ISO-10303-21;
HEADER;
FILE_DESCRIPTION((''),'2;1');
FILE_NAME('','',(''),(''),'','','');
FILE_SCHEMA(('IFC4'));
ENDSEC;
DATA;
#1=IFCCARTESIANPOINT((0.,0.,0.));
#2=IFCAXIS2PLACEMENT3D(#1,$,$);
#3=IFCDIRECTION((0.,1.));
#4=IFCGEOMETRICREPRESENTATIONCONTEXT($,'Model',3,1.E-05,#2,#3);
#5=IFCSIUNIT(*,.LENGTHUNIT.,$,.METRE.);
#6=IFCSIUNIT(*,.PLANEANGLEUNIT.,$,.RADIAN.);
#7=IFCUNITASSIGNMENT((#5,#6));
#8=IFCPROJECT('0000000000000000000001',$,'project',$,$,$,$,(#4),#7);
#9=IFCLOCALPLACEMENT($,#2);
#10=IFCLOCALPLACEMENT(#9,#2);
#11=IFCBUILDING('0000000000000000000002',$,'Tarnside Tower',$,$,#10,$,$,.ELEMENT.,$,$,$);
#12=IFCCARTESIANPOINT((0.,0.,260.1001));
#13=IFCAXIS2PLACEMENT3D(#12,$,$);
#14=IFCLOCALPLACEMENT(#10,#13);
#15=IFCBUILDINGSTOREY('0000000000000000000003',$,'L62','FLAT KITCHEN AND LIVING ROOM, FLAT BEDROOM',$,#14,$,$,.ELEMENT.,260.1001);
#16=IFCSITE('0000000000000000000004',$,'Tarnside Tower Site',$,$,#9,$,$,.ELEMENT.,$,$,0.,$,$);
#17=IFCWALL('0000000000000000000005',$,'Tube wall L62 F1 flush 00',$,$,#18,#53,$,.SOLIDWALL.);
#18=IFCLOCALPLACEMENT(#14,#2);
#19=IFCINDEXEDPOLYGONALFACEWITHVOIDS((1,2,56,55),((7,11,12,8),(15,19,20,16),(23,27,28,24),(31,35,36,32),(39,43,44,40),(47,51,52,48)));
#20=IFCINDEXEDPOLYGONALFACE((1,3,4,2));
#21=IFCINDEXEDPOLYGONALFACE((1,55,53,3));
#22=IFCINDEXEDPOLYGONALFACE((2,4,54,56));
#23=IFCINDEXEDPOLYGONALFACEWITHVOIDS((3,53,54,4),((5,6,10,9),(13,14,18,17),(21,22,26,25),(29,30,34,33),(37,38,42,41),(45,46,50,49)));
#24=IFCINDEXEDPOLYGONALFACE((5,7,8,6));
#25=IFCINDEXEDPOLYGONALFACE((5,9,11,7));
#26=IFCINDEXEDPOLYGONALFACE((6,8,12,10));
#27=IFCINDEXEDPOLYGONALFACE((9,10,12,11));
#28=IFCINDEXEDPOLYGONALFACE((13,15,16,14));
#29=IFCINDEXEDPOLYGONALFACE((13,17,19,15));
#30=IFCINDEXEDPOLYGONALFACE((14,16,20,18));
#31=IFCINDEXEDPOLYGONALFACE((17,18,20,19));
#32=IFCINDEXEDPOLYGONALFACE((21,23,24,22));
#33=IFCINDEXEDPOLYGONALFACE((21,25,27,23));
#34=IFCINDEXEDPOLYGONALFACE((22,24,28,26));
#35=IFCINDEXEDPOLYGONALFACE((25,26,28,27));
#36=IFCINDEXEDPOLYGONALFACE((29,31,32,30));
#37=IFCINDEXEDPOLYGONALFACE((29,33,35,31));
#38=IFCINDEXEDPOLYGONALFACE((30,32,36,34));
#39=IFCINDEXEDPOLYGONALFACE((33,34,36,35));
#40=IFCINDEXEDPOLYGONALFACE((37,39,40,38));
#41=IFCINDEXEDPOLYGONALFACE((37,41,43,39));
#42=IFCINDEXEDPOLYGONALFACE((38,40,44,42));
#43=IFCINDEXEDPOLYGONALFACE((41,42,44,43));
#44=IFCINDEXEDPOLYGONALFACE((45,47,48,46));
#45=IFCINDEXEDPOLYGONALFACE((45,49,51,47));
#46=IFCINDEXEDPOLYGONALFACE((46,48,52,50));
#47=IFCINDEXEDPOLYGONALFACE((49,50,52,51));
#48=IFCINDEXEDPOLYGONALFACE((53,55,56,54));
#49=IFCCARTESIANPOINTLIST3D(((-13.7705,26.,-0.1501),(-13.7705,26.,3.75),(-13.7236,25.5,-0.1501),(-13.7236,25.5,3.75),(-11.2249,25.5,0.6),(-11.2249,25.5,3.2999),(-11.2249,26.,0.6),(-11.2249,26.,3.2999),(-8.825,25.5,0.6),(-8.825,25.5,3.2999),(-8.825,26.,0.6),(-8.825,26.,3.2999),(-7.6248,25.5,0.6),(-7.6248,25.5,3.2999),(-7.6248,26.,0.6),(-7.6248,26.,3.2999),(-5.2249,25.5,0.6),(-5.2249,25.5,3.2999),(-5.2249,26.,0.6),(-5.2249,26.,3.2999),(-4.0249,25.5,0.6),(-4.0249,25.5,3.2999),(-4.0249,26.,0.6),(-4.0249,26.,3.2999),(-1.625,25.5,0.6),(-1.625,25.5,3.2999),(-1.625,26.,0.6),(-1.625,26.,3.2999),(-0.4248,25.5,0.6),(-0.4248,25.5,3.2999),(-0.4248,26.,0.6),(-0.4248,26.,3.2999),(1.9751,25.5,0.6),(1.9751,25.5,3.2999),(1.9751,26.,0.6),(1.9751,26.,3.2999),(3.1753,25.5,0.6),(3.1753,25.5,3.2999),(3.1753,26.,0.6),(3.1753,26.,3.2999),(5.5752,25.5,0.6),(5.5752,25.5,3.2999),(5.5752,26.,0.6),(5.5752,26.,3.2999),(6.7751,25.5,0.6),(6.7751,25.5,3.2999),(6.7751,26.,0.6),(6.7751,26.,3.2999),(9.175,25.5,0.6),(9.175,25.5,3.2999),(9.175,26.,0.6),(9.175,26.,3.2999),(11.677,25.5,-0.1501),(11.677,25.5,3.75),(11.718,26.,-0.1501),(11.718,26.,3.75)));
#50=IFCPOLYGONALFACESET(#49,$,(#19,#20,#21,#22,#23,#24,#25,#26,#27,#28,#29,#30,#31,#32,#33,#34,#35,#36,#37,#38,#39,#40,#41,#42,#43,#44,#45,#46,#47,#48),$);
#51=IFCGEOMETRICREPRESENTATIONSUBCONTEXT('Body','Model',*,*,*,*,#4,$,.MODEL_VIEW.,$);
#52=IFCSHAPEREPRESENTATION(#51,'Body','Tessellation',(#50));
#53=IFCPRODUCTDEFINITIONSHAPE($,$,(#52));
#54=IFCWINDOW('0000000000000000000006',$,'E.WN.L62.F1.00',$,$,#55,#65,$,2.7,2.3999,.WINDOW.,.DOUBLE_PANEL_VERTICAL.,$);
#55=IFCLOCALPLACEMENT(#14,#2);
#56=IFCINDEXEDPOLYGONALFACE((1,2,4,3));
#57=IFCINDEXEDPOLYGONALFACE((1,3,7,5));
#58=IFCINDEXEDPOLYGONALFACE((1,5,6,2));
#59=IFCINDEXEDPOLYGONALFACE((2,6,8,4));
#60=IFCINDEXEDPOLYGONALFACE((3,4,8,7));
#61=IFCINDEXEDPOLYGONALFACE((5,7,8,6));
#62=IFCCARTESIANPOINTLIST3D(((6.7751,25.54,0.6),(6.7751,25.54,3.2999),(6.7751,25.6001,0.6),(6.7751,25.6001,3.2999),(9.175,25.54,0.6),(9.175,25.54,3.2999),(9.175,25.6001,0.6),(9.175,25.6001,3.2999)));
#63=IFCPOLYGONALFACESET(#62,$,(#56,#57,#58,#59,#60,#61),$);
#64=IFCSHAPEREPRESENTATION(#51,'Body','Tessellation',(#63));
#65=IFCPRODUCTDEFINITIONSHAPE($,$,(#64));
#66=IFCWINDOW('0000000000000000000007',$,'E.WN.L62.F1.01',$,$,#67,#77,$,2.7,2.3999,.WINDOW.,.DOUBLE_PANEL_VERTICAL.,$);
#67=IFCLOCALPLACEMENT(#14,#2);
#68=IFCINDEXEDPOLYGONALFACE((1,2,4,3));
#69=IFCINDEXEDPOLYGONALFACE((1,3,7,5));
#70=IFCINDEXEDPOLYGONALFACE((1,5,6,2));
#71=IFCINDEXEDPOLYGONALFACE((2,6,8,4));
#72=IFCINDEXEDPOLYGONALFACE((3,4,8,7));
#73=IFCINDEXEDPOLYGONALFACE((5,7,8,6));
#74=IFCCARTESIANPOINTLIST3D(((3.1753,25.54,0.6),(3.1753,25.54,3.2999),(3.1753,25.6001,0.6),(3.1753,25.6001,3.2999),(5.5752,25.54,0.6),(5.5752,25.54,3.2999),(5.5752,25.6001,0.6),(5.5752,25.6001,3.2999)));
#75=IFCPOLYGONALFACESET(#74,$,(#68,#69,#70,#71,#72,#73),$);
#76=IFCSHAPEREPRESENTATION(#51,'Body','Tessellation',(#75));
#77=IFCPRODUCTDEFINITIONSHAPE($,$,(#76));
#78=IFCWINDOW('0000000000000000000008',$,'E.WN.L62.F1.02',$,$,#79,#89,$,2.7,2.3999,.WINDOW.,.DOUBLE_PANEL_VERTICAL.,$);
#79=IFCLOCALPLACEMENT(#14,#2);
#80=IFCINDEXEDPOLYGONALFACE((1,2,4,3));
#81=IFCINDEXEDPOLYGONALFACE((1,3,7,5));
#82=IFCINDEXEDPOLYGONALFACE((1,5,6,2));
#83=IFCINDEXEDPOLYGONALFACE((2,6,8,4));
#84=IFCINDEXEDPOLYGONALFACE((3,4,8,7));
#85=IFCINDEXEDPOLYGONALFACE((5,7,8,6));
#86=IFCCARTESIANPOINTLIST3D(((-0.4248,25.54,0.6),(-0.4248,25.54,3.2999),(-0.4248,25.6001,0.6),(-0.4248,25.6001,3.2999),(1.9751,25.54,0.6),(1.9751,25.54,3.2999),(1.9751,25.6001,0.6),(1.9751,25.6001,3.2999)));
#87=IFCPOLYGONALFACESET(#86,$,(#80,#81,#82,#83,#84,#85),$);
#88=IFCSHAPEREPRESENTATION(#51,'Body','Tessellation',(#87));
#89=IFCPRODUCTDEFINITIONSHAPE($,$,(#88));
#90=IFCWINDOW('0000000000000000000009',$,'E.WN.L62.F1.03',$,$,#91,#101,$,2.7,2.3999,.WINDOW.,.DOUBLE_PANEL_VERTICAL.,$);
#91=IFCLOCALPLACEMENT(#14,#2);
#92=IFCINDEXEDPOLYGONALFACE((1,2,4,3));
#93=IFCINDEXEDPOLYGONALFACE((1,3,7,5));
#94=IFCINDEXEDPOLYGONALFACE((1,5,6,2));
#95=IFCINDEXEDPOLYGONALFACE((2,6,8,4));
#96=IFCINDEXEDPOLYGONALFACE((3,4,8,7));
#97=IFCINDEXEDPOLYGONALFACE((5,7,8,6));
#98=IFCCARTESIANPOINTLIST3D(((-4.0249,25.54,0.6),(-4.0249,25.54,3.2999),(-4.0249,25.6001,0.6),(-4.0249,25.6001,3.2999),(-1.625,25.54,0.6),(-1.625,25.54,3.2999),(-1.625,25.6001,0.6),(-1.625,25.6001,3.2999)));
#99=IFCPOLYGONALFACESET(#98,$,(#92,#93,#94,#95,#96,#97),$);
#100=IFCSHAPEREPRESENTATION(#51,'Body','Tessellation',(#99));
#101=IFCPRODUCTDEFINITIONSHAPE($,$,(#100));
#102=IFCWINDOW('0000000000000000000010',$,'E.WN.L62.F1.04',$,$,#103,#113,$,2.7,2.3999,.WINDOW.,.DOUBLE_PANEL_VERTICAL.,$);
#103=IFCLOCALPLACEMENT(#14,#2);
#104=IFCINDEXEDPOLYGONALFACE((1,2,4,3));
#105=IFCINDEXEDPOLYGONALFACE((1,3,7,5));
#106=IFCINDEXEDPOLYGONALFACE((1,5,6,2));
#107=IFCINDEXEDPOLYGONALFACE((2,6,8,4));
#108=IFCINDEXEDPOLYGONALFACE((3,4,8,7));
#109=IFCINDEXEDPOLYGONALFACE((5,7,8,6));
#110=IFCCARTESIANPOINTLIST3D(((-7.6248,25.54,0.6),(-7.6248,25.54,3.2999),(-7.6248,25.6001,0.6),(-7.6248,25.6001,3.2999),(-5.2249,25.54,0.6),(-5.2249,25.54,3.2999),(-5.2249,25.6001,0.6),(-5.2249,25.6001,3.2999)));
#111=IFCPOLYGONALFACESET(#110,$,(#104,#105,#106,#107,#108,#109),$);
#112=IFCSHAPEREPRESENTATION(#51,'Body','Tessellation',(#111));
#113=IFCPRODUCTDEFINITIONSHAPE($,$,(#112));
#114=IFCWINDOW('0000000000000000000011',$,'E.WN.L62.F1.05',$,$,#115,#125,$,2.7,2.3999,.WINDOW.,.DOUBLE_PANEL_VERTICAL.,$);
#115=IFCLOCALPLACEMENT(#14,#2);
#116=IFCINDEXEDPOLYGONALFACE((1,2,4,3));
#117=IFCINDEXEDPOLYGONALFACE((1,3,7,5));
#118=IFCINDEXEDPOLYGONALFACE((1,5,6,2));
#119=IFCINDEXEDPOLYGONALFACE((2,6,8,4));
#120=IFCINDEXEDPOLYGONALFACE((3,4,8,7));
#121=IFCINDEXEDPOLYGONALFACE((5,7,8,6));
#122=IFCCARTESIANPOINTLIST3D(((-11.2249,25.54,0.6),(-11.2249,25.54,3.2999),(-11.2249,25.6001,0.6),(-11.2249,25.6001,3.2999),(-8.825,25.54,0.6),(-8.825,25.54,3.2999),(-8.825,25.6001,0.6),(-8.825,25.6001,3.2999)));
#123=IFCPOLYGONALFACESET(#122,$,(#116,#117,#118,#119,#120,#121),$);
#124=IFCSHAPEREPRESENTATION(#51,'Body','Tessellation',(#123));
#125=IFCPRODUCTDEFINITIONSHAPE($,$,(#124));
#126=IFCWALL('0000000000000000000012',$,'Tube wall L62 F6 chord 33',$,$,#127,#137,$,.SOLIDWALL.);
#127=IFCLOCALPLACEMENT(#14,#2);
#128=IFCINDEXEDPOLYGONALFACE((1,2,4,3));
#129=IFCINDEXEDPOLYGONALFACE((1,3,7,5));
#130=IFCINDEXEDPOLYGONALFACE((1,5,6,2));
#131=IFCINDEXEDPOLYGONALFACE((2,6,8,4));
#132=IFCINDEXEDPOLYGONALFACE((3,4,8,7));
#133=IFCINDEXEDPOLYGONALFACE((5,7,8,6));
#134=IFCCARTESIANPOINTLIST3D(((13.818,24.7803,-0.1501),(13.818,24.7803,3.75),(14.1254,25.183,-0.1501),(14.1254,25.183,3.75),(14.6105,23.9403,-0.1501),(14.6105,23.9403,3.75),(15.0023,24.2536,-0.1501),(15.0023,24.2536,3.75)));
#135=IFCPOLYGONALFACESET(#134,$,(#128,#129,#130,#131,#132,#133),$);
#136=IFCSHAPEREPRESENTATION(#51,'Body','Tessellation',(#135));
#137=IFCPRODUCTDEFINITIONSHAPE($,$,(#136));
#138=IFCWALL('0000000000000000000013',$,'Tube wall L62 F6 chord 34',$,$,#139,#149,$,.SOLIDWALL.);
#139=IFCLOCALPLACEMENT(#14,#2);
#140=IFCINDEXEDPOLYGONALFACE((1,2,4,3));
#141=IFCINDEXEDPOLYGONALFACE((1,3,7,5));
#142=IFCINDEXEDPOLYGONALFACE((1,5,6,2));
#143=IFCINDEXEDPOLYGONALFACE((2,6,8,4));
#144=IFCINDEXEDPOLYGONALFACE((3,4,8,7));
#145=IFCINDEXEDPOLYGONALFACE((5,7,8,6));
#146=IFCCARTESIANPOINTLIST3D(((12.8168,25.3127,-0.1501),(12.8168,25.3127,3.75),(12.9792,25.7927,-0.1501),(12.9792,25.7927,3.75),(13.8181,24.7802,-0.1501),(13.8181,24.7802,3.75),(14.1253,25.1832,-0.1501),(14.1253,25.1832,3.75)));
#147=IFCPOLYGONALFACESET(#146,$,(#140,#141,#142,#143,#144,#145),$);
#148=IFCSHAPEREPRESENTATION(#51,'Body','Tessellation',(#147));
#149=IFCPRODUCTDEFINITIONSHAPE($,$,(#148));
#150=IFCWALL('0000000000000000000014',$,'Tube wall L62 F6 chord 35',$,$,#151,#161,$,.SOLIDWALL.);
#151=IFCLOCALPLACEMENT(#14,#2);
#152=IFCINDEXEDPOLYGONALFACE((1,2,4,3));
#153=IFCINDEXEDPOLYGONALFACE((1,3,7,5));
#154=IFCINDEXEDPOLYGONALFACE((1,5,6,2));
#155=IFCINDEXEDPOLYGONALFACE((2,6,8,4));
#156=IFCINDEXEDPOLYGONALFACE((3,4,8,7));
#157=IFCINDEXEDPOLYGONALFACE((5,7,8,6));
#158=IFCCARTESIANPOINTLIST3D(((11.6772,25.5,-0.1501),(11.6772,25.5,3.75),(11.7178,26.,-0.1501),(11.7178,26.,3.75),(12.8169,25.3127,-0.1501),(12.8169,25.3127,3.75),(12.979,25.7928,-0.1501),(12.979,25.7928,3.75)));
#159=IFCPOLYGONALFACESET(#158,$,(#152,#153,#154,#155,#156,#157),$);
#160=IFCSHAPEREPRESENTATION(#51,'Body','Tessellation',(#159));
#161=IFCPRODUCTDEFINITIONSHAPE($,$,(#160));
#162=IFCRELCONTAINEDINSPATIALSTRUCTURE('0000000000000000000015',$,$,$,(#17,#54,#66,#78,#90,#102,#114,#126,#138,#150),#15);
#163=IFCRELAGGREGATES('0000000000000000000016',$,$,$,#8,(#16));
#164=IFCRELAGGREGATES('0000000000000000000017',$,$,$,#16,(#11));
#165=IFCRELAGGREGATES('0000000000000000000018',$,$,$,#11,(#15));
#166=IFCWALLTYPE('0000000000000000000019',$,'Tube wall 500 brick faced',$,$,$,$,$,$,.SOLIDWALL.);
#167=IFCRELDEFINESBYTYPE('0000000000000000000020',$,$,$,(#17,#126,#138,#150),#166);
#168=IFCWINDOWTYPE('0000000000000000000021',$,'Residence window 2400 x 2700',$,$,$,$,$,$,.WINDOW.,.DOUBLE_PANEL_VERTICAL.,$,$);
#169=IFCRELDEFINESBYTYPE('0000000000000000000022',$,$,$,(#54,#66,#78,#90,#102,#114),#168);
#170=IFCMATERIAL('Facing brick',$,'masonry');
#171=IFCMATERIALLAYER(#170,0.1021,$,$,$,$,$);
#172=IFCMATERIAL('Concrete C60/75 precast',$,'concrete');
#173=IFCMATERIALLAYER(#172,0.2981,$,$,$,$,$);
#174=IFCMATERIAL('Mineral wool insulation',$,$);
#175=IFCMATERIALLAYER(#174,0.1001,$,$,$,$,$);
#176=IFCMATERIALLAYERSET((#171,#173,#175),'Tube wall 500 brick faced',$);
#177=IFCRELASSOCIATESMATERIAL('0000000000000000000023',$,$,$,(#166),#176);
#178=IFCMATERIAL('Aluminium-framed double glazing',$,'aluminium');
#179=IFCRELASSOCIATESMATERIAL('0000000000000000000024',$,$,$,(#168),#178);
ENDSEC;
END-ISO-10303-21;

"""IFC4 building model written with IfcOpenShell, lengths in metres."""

from ifc_helpers import new_model, si_unit, direction, frame, frame_2d, origin, place, context, subcontext, project, spatial, polyline, rectangle, outline, extrude, material, layer, layer_set, type_object, element, fill, save


model = new_model("IFC4")

# Units and contexts
model_context = context("Model", 3, precision=1e-05, world=origin(), true_north=direction((0.0, 1.0)))
body_context = subcontext(model_context, "Body", "Model", "MODEL_VIEW")
ifc_project = project(units=[si_unit("LENGTHUNIT", "METRE"), si_unit("PLANEANGLEUNIT", "RADIAN")], contexts=[model_context])

# Site, building, storey
site_placement = place(None, origin())
site = spatial("IfcSite", under=ifc_project, at=site_placement, Name="Tarnside Tower Site", CompositionType="ELEMENT", RefElevation=0.0)
building_placement = place(site_placement, origin())
building = spatial("IfcBuilding", under=site, at=building_placement, Name="Tarnside Tower", CompositionType="ELEMENT")
storey_placement = place(building_placement, frame((0.0, 0.0, 260.1001)))
storey = spatial("IfcBuildingStorey", under=building, at=storey_placement, Name="L62", Description="FLAT KITCHEN AND LIVING ROOM, FLAT BEDROOM", CompositionType="ELEMENT", Elevation=260.1001)

# Shared definitions
ifc_material_1 = material(Name="Concrete C60/75 precast", Category="concrete")
ifc_material_2 = material(Name="Mineral wool insulation")

# Wall, openings, windows
ifc_material_3 = material(Name="Facing brick", Category="masonry")
ifc_layer_1 = layer(ifc_material_3, 0.1021)
ifc_layer_2 = layer(ifc_material_1, 0.2981)
ifc_layer_3 = layer(ifc_material_2, 0.1001)
ifc_layer_set_1 = layer_set([ifc_layer_1, ifc_layer_2, ifc_layer_3], Name="Tube wall 500 brick faced")
wall_type_1 = type_object("IfcWallType", Name="Tube wall 500 brick faced", PredefinedType="SOLIDWALL", material=ifc_layer_set_1)
wall_1_placement = place(storey_placement, frame((11.6975, 25.75, -0.1501), z_axis=(0.0, 0.0, 1.0), x_axis=(-1.0, 0.0, 0.0)))
wall_1 = element("IfcWall", 1, at=wall_1_placement, inside=storey, type_object=wall_type_1, Name="Tube wall L62 F1 flush 00", PredefinedType="SOLIDWALL", context=body_context, shape_type="SweptSolid", body=[
    extrude(outline(polyline([(-0.0205, -0.25), (25.468, -0.25), (25.4211, 0.25), (0.0205, 0.25), (-0.0205, -0.25)])), origin(), (0.0, 0.0, 1.0), 3.9001),
])
opening_1_placement = place(wall_1_placement, frame((2.5225, 0.0, 0.75)))
opening_1 = element("IfcOpeningElement", 2, at=opening_1_placement, cuts=wall_1, PredefinedType="OPENING", context=body_context, shape_type="SweptSolid", body=[
    extrude(rectangle(XDim=2.3999, YDim=2.7, at=frame_2d((1.2, 1.3501))), frame((0.0, 0.26, 0.0), z_axis=(0.0, -1.0, 0.0), x_axis=(1.0, 0.0, 0.0)), (0.0, 0.0, 1.0), 0.52),
])
opening_2_placement = place(wall_1_placement, frame((6.1223, 0.0, 0.75)))
opening_2 = element("IfcOpeningElement", 3, at=opening_2_placement, cuts=wall_1, PredefinedType="OPENING", context=body_context, shape_type="SweptSolid", body=[
    extrude(rectangle(XDim=2.3999, YDim=2.7, at=frame_2d((1.2, 1.3501))), frame((0.0, 0.26, 0.0), z_axis=(0.0, -1.0, 0.0), x_axis=(1.0, 0.0, 0.0)), (0.0, 0.0, 1.0), 0.52),
])
opening_3_placement = place(wall_1_placement, frame((9.7224, 0.0, 0.75)))
opening_3 = element("IfcOpeningElement", 4, at=opening_3_placement, cuts=wall_1, PredefinedType="OPENING", context=body_context, shape_type="SweptSolid", body=[
    extrude(rectangle(XDim=2.3999, YDim=2.7, at=frame_2d((1.2, 1.3501))), frame((0.0, 0.26, 0.0), z_axis=(0.0, -1.0, 0.0), x_axis=(1.0, 0.0, 0.0)), (0.0, 0.0, 1.0), 0.52),
])
opening_4_placement = place(wall_1_placement, frame((13.3225, 0.0, 0.75)))
opening_4 = element("IfcOpeningElement", 5, at=opening_4_placement, cuts=wall_1, PredefinedType="OPENING", context=body_context, shape_type="SweptSolid", body=[
    extrude(rectangle(XDim=2.3999, YDim=2.7, at=frame_2d((1.2, 1.3501))), frame((0.0, 0.26, 0.0), z_axis=(0.0, -1.0, 0.0), x_axis=(1.0, 0.0, 0.0)), (0.0, 0.0, 1.0), 0.52),
])
opening_5_placement = place(wall_1_placement, frame((16.9224, 0.0, 0.75)))
opening_5 = element("IfcOpeningElement", 6, at=opening_5_placement, cuts=wall_1, PredefinedType="OPENING", context=body_context, shape_type="SweptSolid", body=[
    extrude(rectangle(XDim=2.3999, YDim=2.7, at=frame_2d((1.2, 1.3501))), frame((0.0, 0.26, 0.0), z_axis=(0.0, -1.0, 0.0), x_axis=(1.0, 0.0, 0.0)), (0.0, 0.0, 1.0), 0.52),
])
opening_6_placement = place(wall_1_placement, frame((20.5225, 0.0, 0.75)))
opening_6 = element("IfcOpeningElement", 7, at=opening_6_placement, cuts=wall_1, PredefinedType="OPENING", context=body_context, shape_type="SweptSolid", body=[
    extrude(rectangle(XDim=2.3999, YDim=2.7, at=frame_2d((1.2, 1.3501))), frame((0.0, 0.26, 0.0), z_axis=(0.0, -1.0, 0.0), x_axis=(1.0, 0.0, 0.0)), (0.0, 0.0, 1.0), 0.52),
])
ifc_material_4 = material(Name="Aluminium-framed double glazing", Category="aluminium")
window_type = type_object("IfcWindowType", Name="Residence window 2400 x 2700", PartitioningType="DOUBLE_PANEL_VERTICAL", PredefinedType="WINDOW", material=ifc_material_4)
window_1_placement = place(opening_1_placement, frame((0.0, 0.1799, 0.0)))
window_1 = element("IfcWindow", 8, at=window_1_placement, inside=storey, type_object=window_type, Name="E.WN.L62.F1.00", OverallHeight=2.7, OverallWidth=2.3999, PartitioningType="DOUBLE_PANEL_VERTICAL", PredefinedType="WINDOW", context=body_context, shape_type="SweptSolid", body=[
    extrude(rectangle(XDim=2.3999, YDim=2.7, at=frame_2d((1.2, 1.3501))), frame((0.0, 0.03, 0.0), z_axis=(0.0, -1.0, 0.0), x_axis=(1.0, 0.0, 0.0)), (0.0, 0.0, 1.0), 0.0601),
])
fill(opening_1, window_1)
window_2_placement = place(opening_2_placement, frame((0.0, 0.1799, 0.0)))
window_2 = element("IfcWindow", 9, at=window_2_placement, inside=storey, type_object=window_type, Name="E.WN.L62.F1.01", OverallHeight=2.7, OverallWidth=2.3999, PartitioningType="DOUBLE_PANEL_VERTICAL", PredefinedType="WINDOW", context=body_context, shape_type="SweptSolid", body=[
    extrude(rectangle(XDim=2.3999, YDim=2.7, at=frame_2d((1.2, 1.3501))), frame((0.0, 0.03, 0.0), z_axis=(0.0, -1.0, 0.0), x_axis=(1.0, 0.0, 0.0)), (0.0, 0.0, 1.0), 0.0601),
])
fill(opening_2, window_2)
window_3_placement = place(opening_3_placement, frame((0.0, 0.1799, 0.0)))
window_3 = element("IfcWindow", 10, at=window_3_placement, inside=storey, type_object=window_type, Name="E.WN.L62.F1.02", OverallHeight=2.7, OverallWidth=2.3999, PartitioningType="DOUBLE_PANEL_VERTICAL", PredefinedType="WINDOW", context=body_context, shape_type="SweptSolid", body=[
    extrude(rectangle(XDim=2.3999, YDim=2.7, at=frame_2d((1.2, 1.3501))), frame((0.0, 0.03, 0.0), z_axis=(0.0, -1.0, 0.0), x_axis=(1.0, 0.0, 0.0)), (0.0, 0.0, 1.0), 0.0601),
])
fill(opening_3, window_3)
window_4_placement = place(opening_4_placement, frame((0.0, 0.1799, 0.0)))
window_4 = element("IfcWindow", 11, at=window_4_placement, inside=storey, type_object=window_type, Name="E.WN.L62.F1.03", OverallHeight=2.7, OverallWidth=2.3999, PartitioningType="DOUBLE_PANEL_VERTICAL", PredefinedType="WINDOW", context=body_context, shape_type="SweptSolid", body=[
    extrude(rectangle(XDim=2.3999, YDim=2.7, at=frame_2d((1.2, 1.3501))), frame((0.0, 0.03, 0.0), z_axis=(0.0, -1.0, 0.0), x_axis=(1.0, 0.0, 0.0)), (0.0, 0.0, 1.0), 0.0601),
])
fill(opening_4, window_4)
window_5_placement = place(opening_5_placement, frame((0.0, 0.1799, 0.0)))
window_5 = element("IfcWindow", 12, at=window_5_placement, inside=storey, type_object=window_type, Name="E.WN.L62.F1.04", OverallHeight=2.7, OverallWidth=2.3999, PartitioningType="DOUBLE_PANEL_VERTICAL", PredefinedType="WINDOW", context=body_context, shape_type="SweptSolid", body=[
    extrude(rectangle(XDim=2.3999, YDim=2.7, at=frame_2d((1.2, 1.3501))), frame((0.0, 0.03, 0.0), z_axis=(0.0, -1.0, 0.0), x_axis=(1.0, 0.0, 0.0)), (0.0, 0.0, 1.0), 0.0601),
])
fill(opening_5, window_5)
window_6_placement = place(opening_6_placement, frame((0.0, 0.1799, 0.0)))
window_6 = element("IfcWindow", 13, at=window_6_placement, inside=storey, type_object=window_type, Name="E.WN.L62.F1.05", OverallHeight=2.7, OverallWidth=2.3999, PartitioningType="DOUBLE_PANEL_VERTICAL", PredefinedType="WINDOW", context=body_context, shape_type="SweptSolid", body=[
    extrude(rectangle(XDim=2.3999, YDim=2.7, at=frame_2d((1.2, 1.3501))), frame((0.0, 0.03, 0.0), z_axis=(0.0, -1.0, 0.0), x_axis=(1.0, 0.0, 0.0)), (0.0, 0.0, 1.0), 0.0601),
])
fill(opening_6, window_6)

# Walls
wall_2_placement = place(storey_placement, frame((14.8064, 24.0969, -0.1501), z_axis=(0.0, 0.0, 1.0), x_axis=(-0.686234, 0.72738, 0.0)))
element("IfcWall", 14, at=wall_2_placement, inside=storey, type_object=wall_type_1, Name="Tube wall L62 F6 chord 33", PredefinedType="SOLIDWALL", context=body_context, shape_type="SweptSolid", body=[
    extrude(outline(polyline([(-0.0205, -0.25), (1.2573, -0.25), (1.1753, 0.25), (0.0205, 0.25), (-0.0205, -0.25)])), origin(), (0.0, 0.0, 1.0), 3.9001),
])
wall_3_placement = place(storey_placement, frame((13.9717, 24.9817, -0.1501), z_axis=(0.0, 0.0, 1.0), x_axis=(-0.882902, 0.469556, 0.0)))
element("IfcWall", 15, at=wall_3_placement, inside=storey, type_object=wall_type_1, Name="Tube wall L62 F6 chord 34", PredefinedType="SOLIDWALL", context=body_context, shape_type="SweptSolid", body=[
    extrude(outline(polyline([(-0.041, -0.25), (1.2571, -0.25), (1.175, 0.25), (0.041, 0.25), (-0.041, -0.25)])), origin(), (0.0, 0.0, 1.0), 3.9001),
])
wall_4_placement = place(storey_placement, frame((12.8979, 25.5527, -0.1501), z_axis=(0.0, 0.0, 1.0), x_axis=(-0.986766, 0.162153, 0.0)))
element("IfcWall", 16, at=wall_4_placement, inside=storey, type_object=wall_type_1, Name="Tube wall L62 F6 chord 35", PredefinedType="SOLIDWALL", context=body_context, shape_type="SweptSolid", body=[
    extrude(outline(polyline([(-0.041, -0.25), (1.2371, -0.25), (1.196, 0.25), (0.041, 0.25), (-0.041, -0.25)])), origin(), (0.0, 0.0, 1.0), 3.9001),
])

save(model, "model.ifc")
